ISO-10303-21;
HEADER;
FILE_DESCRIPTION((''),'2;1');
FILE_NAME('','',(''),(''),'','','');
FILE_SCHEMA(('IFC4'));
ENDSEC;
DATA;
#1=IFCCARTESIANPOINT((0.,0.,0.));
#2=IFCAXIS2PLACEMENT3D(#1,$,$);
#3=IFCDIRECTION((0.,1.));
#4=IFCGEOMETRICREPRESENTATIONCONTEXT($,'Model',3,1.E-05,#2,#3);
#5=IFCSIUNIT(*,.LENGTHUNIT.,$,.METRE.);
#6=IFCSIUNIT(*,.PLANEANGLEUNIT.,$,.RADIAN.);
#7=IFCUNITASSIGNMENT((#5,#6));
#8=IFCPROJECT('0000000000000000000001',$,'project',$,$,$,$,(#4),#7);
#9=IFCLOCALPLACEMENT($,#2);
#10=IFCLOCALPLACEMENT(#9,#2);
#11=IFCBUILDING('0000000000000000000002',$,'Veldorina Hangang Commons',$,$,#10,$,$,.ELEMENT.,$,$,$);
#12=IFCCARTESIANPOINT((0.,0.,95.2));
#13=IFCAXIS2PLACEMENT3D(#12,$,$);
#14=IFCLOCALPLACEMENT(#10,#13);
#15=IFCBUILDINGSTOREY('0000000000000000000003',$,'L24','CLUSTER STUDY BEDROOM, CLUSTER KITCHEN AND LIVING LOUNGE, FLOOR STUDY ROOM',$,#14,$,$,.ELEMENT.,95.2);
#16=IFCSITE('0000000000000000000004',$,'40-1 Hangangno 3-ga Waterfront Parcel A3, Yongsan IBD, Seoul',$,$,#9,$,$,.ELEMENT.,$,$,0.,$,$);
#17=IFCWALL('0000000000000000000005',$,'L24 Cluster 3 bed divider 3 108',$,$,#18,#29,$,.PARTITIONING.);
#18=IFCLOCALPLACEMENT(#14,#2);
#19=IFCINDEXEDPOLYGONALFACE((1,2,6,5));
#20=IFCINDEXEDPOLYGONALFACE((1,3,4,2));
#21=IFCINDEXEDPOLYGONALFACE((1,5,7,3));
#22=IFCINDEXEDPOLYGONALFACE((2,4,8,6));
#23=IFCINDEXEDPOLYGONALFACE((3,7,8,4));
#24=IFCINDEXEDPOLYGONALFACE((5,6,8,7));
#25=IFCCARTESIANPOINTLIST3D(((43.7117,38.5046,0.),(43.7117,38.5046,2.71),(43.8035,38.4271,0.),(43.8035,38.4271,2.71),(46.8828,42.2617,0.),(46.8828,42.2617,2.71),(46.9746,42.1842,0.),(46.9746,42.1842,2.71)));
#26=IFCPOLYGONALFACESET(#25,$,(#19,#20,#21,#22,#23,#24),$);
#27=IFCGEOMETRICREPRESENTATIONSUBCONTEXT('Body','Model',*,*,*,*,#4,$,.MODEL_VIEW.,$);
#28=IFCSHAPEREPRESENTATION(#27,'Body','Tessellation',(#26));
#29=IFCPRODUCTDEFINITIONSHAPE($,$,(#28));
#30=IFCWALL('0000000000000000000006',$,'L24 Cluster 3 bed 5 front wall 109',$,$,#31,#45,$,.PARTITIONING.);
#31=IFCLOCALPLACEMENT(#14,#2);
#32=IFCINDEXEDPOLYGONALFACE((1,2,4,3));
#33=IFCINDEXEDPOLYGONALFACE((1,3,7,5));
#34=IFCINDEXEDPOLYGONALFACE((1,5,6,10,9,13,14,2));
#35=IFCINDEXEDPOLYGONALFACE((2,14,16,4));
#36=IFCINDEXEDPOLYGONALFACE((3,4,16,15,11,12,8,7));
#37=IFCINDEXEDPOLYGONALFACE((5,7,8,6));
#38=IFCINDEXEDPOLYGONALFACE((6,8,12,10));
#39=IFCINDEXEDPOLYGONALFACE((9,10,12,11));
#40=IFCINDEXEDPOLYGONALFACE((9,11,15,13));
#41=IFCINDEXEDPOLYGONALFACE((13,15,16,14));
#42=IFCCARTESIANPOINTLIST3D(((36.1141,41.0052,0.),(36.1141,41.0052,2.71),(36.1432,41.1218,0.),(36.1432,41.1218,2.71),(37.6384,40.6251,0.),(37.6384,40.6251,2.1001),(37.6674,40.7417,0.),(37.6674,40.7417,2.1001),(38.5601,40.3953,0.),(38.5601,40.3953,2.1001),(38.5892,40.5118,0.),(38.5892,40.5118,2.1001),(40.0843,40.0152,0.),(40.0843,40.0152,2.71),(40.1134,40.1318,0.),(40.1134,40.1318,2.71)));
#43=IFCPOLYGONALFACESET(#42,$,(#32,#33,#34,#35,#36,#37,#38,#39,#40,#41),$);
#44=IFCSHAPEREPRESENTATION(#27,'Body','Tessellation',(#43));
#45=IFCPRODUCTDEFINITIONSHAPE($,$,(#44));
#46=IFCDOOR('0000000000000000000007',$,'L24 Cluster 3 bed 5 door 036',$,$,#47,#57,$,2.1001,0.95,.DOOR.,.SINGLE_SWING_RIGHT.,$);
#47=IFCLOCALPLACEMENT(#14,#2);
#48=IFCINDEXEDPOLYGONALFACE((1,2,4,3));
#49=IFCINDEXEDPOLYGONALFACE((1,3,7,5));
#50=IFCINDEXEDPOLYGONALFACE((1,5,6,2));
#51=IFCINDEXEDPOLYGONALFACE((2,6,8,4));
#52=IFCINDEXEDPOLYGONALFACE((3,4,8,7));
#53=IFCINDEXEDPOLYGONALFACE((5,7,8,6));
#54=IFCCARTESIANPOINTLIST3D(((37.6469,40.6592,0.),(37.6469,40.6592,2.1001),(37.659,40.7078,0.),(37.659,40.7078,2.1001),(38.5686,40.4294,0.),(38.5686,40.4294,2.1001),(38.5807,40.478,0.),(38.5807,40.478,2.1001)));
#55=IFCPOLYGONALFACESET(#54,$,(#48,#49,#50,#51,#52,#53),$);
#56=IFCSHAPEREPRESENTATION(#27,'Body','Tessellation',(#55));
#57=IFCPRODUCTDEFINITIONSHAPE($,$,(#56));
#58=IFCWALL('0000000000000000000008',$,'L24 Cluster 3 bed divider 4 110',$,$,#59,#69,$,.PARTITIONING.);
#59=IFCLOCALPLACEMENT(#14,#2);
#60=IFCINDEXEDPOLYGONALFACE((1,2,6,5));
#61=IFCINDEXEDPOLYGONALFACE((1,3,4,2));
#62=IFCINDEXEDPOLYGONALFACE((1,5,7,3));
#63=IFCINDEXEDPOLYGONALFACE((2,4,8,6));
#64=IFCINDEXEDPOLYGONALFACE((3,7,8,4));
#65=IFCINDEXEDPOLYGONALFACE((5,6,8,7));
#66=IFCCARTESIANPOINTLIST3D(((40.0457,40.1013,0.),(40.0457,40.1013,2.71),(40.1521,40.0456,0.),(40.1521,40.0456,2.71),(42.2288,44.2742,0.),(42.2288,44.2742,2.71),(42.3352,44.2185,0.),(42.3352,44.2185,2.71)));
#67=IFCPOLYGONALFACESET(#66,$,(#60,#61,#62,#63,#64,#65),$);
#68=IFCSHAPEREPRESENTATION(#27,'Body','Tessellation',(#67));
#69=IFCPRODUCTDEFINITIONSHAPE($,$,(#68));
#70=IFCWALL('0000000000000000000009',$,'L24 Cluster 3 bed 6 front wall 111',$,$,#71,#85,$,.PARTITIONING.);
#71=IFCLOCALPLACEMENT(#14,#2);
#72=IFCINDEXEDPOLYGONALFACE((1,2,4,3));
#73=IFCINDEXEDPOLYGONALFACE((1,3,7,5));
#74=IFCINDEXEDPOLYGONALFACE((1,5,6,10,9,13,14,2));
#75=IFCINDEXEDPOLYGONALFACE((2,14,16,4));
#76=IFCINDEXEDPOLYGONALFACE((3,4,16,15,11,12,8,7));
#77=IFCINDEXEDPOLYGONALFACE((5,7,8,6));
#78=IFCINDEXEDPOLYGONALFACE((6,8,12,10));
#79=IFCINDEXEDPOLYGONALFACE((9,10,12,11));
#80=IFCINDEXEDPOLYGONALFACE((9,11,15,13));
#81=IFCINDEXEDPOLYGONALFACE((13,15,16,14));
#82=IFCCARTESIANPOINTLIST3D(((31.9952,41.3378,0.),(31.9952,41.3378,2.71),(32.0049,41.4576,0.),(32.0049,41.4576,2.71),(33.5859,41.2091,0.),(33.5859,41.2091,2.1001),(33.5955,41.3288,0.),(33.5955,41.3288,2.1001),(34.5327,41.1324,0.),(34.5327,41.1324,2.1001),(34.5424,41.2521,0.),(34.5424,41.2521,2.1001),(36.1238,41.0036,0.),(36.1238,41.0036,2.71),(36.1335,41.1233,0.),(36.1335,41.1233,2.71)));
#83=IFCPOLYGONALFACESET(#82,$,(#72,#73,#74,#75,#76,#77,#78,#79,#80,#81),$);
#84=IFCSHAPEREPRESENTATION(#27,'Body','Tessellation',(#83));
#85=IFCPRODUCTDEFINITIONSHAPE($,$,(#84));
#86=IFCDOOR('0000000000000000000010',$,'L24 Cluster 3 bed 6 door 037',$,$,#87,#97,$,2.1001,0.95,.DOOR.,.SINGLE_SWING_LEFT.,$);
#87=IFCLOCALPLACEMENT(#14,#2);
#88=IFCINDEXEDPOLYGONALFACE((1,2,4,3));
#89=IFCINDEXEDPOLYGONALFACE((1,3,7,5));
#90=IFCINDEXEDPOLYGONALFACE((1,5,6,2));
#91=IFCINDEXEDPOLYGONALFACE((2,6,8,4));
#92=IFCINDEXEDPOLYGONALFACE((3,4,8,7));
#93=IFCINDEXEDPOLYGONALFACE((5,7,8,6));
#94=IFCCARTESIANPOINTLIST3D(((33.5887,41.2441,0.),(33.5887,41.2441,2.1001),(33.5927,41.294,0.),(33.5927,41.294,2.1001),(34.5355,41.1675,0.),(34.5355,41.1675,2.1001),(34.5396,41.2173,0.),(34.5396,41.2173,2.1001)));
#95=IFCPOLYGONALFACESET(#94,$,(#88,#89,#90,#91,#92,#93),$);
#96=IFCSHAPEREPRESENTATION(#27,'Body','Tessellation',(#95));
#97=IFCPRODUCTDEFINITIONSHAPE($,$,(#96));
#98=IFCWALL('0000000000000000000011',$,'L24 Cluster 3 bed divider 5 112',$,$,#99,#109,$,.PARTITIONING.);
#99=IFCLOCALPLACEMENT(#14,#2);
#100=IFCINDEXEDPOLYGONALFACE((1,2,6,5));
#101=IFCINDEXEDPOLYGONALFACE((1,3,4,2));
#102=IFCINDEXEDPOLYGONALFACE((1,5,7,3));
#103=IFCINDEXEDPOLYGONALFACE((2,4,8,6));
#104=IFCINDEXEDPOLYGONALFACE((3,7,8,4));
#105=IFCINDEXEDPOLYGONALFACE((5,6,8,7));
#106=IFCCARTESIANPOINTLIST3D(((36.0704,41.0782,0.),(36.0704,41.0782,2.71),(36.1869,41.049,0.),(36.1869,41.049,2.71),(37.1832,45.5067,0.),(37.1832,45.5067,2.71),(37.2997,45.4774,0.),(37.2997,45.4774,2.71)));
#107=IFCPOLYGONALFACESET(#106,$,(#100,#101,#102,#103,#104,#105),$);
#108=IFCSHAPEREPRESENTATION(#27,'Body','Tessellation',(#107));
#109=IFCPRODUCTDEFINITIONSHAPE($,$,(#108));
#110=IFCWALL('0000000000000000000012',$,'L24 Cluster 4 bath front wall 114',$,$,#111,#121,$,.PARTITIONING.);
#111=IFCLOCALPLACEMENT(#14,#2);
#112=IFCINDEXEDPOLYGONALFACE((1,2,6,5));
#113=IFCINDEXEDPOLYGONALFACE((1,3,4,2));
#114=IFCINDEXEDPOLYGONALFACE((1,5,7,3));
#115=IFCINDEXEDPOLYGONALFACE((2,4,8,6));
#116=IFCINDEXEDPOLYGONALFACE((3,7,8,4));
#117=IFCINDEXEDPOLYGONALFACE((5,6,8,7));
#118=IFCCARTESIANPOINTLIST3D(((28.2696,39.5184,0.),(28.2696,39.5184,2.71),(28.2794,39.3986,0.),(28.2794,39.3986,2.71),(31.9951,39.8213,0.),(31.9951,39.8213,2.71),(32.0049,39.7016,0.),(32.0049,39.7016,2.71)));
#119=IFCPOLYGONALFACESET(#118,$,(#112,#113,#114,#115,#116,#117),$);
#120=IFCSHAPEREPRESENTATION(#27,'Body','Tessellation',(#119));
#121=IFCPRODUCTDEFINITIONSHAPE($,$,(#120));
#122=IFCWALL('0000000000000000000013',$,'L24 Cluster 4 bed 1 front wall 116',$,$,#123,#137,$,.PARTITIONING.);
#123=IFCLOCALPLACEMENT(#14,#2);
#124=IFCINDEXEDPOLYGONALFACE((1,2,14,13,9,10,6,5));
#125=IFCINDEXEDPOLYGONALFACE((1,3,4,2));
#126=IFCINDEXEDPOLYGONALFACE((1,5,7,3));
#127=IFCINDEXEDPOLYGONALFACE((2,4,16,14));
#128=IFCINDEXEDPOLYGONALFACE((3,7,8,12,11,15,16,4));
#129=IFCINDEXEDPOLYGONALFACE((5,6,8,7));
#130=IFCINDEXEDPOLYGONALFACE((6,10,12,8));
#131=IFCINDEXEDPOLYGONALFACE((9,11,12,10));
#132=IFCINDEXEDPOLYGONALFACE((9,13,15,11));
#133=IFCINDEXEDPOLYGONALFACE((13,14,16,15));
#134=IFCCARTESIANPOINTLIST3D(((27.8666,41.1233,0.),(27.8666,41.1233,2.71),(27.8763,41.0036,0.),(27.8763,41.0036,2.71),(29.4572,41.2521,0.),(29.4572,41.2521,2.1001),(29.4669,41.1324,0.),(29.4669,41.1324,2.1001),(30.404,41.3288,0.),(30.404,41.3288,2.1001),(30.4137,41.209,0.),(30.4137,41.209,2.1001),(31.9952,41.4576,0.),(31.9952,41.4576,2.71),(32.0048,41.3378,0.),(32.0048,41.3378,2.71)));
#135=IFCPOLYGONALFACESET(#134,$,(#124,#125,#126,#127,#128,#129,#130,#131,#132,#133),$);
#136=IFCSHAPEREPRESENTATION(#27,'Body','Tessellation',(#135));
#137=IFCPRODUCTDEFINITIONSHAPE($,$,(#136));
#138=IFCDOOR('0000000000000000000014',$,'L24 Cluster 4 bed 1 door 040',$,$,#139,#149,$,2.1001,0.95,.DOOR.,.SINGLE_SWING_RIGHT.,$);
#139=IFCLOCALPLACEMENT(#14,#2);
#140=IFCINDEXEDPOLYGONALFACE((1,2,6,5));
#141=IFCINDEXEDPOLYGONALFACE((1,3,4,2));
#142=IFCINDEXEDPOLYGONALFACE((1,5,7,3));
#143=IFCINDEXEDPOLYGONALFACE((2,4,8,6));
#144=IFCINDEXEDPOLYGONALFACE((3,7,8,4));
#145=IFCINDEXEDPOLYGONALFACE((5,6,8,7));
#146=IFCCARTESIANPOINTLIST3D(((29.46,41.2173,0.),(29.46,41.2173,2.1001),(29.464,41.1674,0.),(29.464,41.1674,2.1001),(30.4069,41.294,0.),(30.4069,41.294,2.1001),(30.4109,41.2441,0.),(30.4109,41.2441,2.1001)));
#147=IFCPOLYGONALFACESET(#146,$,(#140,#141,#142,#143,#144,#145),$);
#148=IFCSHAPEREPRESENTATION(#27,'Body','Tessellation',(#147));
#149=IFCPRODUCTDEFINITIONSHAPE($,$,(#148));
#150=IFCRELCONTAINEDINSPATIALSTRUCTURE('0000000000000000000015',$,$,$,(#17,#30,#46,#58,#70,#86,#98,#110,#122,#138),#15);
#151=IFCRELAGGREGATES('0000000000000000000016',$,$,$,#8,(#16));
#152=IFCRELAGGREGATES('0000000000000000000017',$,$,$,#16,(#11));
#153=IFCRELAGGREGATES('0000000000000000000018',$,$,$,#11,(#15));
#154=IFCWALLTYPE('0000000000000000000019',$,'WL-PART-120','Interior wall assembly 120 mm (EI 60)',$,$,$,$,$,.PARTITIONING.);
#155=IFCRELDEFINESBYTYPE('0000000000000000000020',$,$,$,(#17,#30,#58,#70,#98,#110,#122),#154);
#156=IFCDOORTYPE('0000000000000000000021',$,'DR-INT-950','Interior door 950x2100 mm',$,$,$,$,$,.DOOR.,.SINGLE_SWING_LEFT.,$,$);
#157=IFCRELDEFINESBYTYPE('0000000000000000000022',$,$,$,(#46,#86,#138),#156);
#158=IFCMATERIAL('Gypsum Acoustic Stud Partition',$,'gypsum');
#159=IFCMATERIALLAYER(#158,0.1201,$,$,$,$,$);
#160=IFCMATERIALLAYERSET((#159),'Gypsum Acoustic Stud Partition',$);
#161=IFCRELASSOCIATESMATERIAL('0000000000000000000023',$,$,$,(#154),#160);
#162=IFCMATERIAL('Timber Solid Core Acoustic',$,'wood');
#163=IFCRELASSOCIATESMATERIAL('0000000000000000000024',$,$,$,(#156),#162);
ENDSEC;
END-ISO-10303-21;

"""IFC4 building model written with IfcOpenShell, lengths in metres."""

from ifc_helpers import new_model, si_unit, direction, frame, frame_2d, origin, place, context, subcontext, project, spatial, rectangle, extrude, material, layer, layer_set, type_object, element, fill, save


model = new_model("IFC4")

# Units and contexts
model_context = context("Model", 3, precision=1e-05, world=origin(), true_north=direction((0.0, 1.0)))
body_context = subcontext(model_context, "Body", "Model", "MODEL_VIEW")
ifc_project = project(units=[si_unit("LENGTHUNIT", "METRE"), si_unit("PLANEANGLEUNIT", "RADIAN")], contexts=[model_context])

# Site, building, storey
site_placement = place(None, origin())
site = spatial("IfcSite", under=ifc_project, at=site_placement, Name="40-1 Hangangno 3-ga Waterfront Parcel A3, Yongsan IBD, Seoul", CompositionType="ELEMENT", RefElevation=0.0)
building_placement = place(site_placement, origin())
building = spatial("IfcBuilding", under=site, at=building_placement, Name="Veldorina Hangang Commons", CompositionType="ELEMENT")
storey_placement = place(building_placement, frame((0.0, 0.0, 95.2)))
storey = spatial("IfcBuildingStorey", under=building, at=storey_placement, Name="L24", Description="CLUSTER STUDY BEDROOM, CLUSTER KITCHEN AND LIVING LOUNGE, FLOOR STUDY ROOM", CompositionType="ELEMENT", Elevation=95.2)

# Shared definitions
ifc_material_1 = material(Name="Gypsum Acoustic Stud Partition", Category="gypsum")
ifc_layer_1 = layer(ifc_material_1, 0.1201)
ifc_layer_set_1 = layer_set([ifc_layer_1], Name="Gypsum Acoustic Stud Partition")
wall_type_1 = type_object("IfcWallType", Name="WL-PART-120", Description="Interior wall assembly 120 mm (EI 60)", PredefinedType="PARTITIONING", material=ifc_layer_set_1)
ifc_material_2 = material(Name="Timber Solid Core Acoustic", Category="wood")
door_type = type_object("IfcDoorType", Name="DR-INT-950", Description="Interior door 950x2100 mm", OperationType="SINGLE_SWING_LEFT", PredefinedType="DOOR", material=ifc_material_2)

# Wall
wall_1_placement = place(storey_placement, frame((43.7576, 38.4658, 0.0), z_axis=(0.0, 0.0, 1.0), x_axis=(0.645002, 0.764181, 0.0)))
element("IfcWall", 1, at=wall_1_placement, inside=storey, type_object=wall_type_1, Name="L24 Cluster 3 bed divider 3 108", PredefinedType="PARTITIONING", context=body_context, shape_type="SweptSolid", body=[
    extrude(rectangle(XDim=4.9165, YDim=0.1201, at=frame_2d((2.4583, 0.0))), origin(), (0.0, 0.0, 1.0), 2.71),
])

# Wall, opening, door
wall_2_placement = place(storey_placement, frame((40.0989, 40.0735, 0.0), z_axis=(0.0, 0.0, 1.0), x_axis=(-0.97029, 0.241946, 0.0)))
wall_2 = element("IfcWall", 2, at=wall_2_placement, inside=storey, type_object=wall_type_1, Name="L24 Cluster 3 bed 5 front wall 109", PredefinedType="PARTITIONING", context=body_context, shape_type="SweptSolid", body=[
    extrude(rectangle(XDim=4.0918, YDim=0.1201, at=frame_2d((2.0459, 0.0))), origin(), (0.0, 0.0, 1.0), 2.71),
])
opening_1_placement = place(wall_2_placement, frame((1.5708, 0.0, 0.0)))
opening_1 = element("IfcOpeningElement", 3, at=opening_1_placement, cuts=wall_2, PredefinedType="OPENING", context=body_context, shape_type="SweptSolid", body=[
    extrude(rectangle(XDim=0.95, YDim=2.1001, at=frame_2d((0.4751, 1.05))), frame((0.0, 0.0701, 0.0), z_axis=(0.0, -1.0, 0.0), x_axis=(1.0, 0.0, 0.0)), (0.0, 0.0, 1.0), 0.1401),
])
door_1_placement = place(opening_1_placement, origin())
door_1 = element("IfcDoor", 4, at=door_1_placement, inside=storey, type_object=door_type, Name="L24 Cluster 3 bed 5 door 036", OperationType="SINGLE_SWING_RIGHT", OverallHeight=2.1001, OverallWidth=0.95, PredefinedType="DOOR", context=body_context, shape_type="SweptSolid", body=[
    extrude(rectangle(XDim=0.95, YDim=2.1001, at=frame_2d((0.4751, 1.05))), frame((0.0, 0.0249, 0.0), z_axis=(0.0, -1.0, 0.0), x_axis=(1.0, 0.0, 0.0)), (0.0, 0.0, 1.0), 0.05),
])
fill(opening_1, door_1)

# Wall
wall_3_placement = place(storey_placement, frame((40.0989, 40.0735, 0.0), z_axis=(0.0, 0.0, 1.0), x_axis=(0.463561, 0.886065, 0.0)))
element("IfcWall", 5, at=wall_3_placement, inside=storey, type_object=wall_type_1, Name="L24 Cluster 3 bed divider 4 110", PredefinedType="PARTITIONING", context=body_context, shape_type="SweptSolid", body=[
    extrude(rectangle(XDim=4.7095, YDim=0.1201, at=frame_2d((2.3547, 0.0))), origin(), (0.0, 0.0, 1.0), 2.71),
])

# Wall, opening, door
wall_4_placement = place(storey_placement, frame((36.1287, 41.0635, 0.0), z_axis=(0.0, 0.0, 1.0), x_axis=(-0.996739, 0.080689, 0.0)))
wall_4 = element("IfcWall", 6, at=wall_4_placement, inside=storey, type_object=wall_type_1, Name="L24 Cluster 3 bed 6 front wall 111", PredefinedType="PARTITIONING", context=body_context, shape_type="SweptSolid", body=[
    extrude(rectangle(XDim=4.1421, YDim=0.1201, at=frame_2d((2.071, 0.0))), origin(), (0.0, 0.0, 1.0), 2.71),
])
opening_2_placement = place(wall_4_placement, frame((1.5962, 0.0, 0.0)))
opening_2 = element("IfcOpeningElement", 7, at=opening_2_placement, cuts=wall_4, PredefinedType="OPENING", context=body_context, shape_type="SweptSolid", body=[
    extrude(rectangle(XDim=0.95, YDim=2.1001, at=frame_2d((0.4751, 1.05))), frame((0.0, 0.0701, 0.0), z_axis=(0.0, -1.0, 0.0), x_axis=(1.0, 0.0, 0.0)), (0.0, 0.0, 1.0), 0.1401),
])
door_2_placement = place(opening_2_placement, origin())
door_2 = element("IfcDoor", 8, at=door_2_placement, inside=storey, type_object=door_type, Name="L24 Cluster 3 bed 6 door 037", OperationType="SINGLE_SWING_LEFT", OverallHeight=2.1001, OverallWidth=0.95, PredefinedType="DOOR", context=body_context, shape_type="SweptSolid", body=[
    extrude(rectangle(XDim=0.95, YDim=2.1001, at=frame_2d((0.4751, 1.05))), frame((0.0, 0.0249, 0.0), z_axis=(0.0, -1.0, 0.0), x_axis=(1.0, 0.0, 0.0)), (0.0, 0.0, 1.0), 0.05),
])
fill(opening_2, door_2)

# Walls
wall_5_placement = place(storey_placement, frame((36.1287, 41.0635, 0.0), z_axis=(0.0, 0.0, 1.0), x_axis=(0.243705, 0.969849, 0.0)))
element("IfcWall", 9, at=wall_5_placement, inside=storey, type_object=wall_type_1, Name="L24 Cluster 3 bed divider 5 112", PredefinedType="PARTITIONING", context=body_context, shape_type="SweptSolid", body=[
    extrude(rectangle(XDim=4.5662, YDim=0.1201, at=frame_2d((2.2832, 0.0))), origin(), (0.0, 0.0, 1.0), 2.71),
])
wall_6_placement = place(storey_placement, frame((32.0, 39.7615, 0.0), z_axis=(0.0, 0.0, 1.0), x_axis=(-0.99671, -0.081056, 0.0)))
element("IfcWall", 10, at=wall_6_placement, inside=storey, type_object=wall_type_1, Name="L24 Cluster 4 bath front wall 114", PredefinedType="PARTITIONING", context=body_context, shape_type="SweptSolid", body=[
    extrude(rectangle(XDim=3.7378, YDim=0.1201, at=frame_2d((1.8689, 0.0))), origin(), (0.0, 0.0, 1.0), 2.71),
])

# Wall, opening, door
wall_7_placement = place(storey_placement, frame((32.0, 41.3977, 0.0), z_axis=(0.0, 0.0, 1.0), x_axis=(-0.996739, -0.080689, 0.0)))
wall_7 = element("IfcWall", 11, at=wall_7_placement, inside=storey, type_object=wall_type_1, Name="L24 Cluster 4 bed 1 front wall 116", PredefinedType="PARTITIONING", context=body_context, shape_type="SweptSolid", body=[
    extrude(rectangle(XDim=4.1421, YDim=0.1201, at=frame_2d((2.071, 0.0))), origin(), (0.0, 0.0, 1.0), 2.71),
])
opening_3_placement = place(wall_7_placement, frame((1.5962, 0.0, 0.0)))
opening_3 = element("IfcOpeningElement", 12, at=opening_3_placement, cuts=wall_7, PredefinedType="OPENING", context=body_context, shape_type="SweptSolid", body=[
    extrude(rectangle(XDim=0.95, YDim=2.1001, at=frame_2d((0.4751, 1.05))), frame((0.0, 0.0701, 0.0), z_axis=(0.0, -1.0, 0.0), x_axis=(1.0, 0.0, 0.0)), (0.0, 0.0, 1.0), 0.1401),
])
door_3_placement = place(opening_3_placement, origin())
door_3 = element("IfcDoor", 13, at=door_3_placement, inside=storey, type_object=door_type, Name="L24 Cluster 4 bed 1 door 040", OperationType="SINGLE_SWING_RIGHT", OverallHeight=2.1001, OverallWidth=0.95, PredefinedType="DOOR", context=body_context, shape_type="SweptSolid", body=[
    extrude(rectangle(XDim=0.95, YDim=2.1001, at=frame_2d((0.4751, 1.05))), frame((0.0, 0.0249, 0.0), z_axis=(0.0, -1.0, 0.0), x_axis=(1.0, 0.0, 0.0)), (0.0, 0.0, 1.0), 0.05),
])
fill(opening_3, door_3)

save(model, "model.ifc")
